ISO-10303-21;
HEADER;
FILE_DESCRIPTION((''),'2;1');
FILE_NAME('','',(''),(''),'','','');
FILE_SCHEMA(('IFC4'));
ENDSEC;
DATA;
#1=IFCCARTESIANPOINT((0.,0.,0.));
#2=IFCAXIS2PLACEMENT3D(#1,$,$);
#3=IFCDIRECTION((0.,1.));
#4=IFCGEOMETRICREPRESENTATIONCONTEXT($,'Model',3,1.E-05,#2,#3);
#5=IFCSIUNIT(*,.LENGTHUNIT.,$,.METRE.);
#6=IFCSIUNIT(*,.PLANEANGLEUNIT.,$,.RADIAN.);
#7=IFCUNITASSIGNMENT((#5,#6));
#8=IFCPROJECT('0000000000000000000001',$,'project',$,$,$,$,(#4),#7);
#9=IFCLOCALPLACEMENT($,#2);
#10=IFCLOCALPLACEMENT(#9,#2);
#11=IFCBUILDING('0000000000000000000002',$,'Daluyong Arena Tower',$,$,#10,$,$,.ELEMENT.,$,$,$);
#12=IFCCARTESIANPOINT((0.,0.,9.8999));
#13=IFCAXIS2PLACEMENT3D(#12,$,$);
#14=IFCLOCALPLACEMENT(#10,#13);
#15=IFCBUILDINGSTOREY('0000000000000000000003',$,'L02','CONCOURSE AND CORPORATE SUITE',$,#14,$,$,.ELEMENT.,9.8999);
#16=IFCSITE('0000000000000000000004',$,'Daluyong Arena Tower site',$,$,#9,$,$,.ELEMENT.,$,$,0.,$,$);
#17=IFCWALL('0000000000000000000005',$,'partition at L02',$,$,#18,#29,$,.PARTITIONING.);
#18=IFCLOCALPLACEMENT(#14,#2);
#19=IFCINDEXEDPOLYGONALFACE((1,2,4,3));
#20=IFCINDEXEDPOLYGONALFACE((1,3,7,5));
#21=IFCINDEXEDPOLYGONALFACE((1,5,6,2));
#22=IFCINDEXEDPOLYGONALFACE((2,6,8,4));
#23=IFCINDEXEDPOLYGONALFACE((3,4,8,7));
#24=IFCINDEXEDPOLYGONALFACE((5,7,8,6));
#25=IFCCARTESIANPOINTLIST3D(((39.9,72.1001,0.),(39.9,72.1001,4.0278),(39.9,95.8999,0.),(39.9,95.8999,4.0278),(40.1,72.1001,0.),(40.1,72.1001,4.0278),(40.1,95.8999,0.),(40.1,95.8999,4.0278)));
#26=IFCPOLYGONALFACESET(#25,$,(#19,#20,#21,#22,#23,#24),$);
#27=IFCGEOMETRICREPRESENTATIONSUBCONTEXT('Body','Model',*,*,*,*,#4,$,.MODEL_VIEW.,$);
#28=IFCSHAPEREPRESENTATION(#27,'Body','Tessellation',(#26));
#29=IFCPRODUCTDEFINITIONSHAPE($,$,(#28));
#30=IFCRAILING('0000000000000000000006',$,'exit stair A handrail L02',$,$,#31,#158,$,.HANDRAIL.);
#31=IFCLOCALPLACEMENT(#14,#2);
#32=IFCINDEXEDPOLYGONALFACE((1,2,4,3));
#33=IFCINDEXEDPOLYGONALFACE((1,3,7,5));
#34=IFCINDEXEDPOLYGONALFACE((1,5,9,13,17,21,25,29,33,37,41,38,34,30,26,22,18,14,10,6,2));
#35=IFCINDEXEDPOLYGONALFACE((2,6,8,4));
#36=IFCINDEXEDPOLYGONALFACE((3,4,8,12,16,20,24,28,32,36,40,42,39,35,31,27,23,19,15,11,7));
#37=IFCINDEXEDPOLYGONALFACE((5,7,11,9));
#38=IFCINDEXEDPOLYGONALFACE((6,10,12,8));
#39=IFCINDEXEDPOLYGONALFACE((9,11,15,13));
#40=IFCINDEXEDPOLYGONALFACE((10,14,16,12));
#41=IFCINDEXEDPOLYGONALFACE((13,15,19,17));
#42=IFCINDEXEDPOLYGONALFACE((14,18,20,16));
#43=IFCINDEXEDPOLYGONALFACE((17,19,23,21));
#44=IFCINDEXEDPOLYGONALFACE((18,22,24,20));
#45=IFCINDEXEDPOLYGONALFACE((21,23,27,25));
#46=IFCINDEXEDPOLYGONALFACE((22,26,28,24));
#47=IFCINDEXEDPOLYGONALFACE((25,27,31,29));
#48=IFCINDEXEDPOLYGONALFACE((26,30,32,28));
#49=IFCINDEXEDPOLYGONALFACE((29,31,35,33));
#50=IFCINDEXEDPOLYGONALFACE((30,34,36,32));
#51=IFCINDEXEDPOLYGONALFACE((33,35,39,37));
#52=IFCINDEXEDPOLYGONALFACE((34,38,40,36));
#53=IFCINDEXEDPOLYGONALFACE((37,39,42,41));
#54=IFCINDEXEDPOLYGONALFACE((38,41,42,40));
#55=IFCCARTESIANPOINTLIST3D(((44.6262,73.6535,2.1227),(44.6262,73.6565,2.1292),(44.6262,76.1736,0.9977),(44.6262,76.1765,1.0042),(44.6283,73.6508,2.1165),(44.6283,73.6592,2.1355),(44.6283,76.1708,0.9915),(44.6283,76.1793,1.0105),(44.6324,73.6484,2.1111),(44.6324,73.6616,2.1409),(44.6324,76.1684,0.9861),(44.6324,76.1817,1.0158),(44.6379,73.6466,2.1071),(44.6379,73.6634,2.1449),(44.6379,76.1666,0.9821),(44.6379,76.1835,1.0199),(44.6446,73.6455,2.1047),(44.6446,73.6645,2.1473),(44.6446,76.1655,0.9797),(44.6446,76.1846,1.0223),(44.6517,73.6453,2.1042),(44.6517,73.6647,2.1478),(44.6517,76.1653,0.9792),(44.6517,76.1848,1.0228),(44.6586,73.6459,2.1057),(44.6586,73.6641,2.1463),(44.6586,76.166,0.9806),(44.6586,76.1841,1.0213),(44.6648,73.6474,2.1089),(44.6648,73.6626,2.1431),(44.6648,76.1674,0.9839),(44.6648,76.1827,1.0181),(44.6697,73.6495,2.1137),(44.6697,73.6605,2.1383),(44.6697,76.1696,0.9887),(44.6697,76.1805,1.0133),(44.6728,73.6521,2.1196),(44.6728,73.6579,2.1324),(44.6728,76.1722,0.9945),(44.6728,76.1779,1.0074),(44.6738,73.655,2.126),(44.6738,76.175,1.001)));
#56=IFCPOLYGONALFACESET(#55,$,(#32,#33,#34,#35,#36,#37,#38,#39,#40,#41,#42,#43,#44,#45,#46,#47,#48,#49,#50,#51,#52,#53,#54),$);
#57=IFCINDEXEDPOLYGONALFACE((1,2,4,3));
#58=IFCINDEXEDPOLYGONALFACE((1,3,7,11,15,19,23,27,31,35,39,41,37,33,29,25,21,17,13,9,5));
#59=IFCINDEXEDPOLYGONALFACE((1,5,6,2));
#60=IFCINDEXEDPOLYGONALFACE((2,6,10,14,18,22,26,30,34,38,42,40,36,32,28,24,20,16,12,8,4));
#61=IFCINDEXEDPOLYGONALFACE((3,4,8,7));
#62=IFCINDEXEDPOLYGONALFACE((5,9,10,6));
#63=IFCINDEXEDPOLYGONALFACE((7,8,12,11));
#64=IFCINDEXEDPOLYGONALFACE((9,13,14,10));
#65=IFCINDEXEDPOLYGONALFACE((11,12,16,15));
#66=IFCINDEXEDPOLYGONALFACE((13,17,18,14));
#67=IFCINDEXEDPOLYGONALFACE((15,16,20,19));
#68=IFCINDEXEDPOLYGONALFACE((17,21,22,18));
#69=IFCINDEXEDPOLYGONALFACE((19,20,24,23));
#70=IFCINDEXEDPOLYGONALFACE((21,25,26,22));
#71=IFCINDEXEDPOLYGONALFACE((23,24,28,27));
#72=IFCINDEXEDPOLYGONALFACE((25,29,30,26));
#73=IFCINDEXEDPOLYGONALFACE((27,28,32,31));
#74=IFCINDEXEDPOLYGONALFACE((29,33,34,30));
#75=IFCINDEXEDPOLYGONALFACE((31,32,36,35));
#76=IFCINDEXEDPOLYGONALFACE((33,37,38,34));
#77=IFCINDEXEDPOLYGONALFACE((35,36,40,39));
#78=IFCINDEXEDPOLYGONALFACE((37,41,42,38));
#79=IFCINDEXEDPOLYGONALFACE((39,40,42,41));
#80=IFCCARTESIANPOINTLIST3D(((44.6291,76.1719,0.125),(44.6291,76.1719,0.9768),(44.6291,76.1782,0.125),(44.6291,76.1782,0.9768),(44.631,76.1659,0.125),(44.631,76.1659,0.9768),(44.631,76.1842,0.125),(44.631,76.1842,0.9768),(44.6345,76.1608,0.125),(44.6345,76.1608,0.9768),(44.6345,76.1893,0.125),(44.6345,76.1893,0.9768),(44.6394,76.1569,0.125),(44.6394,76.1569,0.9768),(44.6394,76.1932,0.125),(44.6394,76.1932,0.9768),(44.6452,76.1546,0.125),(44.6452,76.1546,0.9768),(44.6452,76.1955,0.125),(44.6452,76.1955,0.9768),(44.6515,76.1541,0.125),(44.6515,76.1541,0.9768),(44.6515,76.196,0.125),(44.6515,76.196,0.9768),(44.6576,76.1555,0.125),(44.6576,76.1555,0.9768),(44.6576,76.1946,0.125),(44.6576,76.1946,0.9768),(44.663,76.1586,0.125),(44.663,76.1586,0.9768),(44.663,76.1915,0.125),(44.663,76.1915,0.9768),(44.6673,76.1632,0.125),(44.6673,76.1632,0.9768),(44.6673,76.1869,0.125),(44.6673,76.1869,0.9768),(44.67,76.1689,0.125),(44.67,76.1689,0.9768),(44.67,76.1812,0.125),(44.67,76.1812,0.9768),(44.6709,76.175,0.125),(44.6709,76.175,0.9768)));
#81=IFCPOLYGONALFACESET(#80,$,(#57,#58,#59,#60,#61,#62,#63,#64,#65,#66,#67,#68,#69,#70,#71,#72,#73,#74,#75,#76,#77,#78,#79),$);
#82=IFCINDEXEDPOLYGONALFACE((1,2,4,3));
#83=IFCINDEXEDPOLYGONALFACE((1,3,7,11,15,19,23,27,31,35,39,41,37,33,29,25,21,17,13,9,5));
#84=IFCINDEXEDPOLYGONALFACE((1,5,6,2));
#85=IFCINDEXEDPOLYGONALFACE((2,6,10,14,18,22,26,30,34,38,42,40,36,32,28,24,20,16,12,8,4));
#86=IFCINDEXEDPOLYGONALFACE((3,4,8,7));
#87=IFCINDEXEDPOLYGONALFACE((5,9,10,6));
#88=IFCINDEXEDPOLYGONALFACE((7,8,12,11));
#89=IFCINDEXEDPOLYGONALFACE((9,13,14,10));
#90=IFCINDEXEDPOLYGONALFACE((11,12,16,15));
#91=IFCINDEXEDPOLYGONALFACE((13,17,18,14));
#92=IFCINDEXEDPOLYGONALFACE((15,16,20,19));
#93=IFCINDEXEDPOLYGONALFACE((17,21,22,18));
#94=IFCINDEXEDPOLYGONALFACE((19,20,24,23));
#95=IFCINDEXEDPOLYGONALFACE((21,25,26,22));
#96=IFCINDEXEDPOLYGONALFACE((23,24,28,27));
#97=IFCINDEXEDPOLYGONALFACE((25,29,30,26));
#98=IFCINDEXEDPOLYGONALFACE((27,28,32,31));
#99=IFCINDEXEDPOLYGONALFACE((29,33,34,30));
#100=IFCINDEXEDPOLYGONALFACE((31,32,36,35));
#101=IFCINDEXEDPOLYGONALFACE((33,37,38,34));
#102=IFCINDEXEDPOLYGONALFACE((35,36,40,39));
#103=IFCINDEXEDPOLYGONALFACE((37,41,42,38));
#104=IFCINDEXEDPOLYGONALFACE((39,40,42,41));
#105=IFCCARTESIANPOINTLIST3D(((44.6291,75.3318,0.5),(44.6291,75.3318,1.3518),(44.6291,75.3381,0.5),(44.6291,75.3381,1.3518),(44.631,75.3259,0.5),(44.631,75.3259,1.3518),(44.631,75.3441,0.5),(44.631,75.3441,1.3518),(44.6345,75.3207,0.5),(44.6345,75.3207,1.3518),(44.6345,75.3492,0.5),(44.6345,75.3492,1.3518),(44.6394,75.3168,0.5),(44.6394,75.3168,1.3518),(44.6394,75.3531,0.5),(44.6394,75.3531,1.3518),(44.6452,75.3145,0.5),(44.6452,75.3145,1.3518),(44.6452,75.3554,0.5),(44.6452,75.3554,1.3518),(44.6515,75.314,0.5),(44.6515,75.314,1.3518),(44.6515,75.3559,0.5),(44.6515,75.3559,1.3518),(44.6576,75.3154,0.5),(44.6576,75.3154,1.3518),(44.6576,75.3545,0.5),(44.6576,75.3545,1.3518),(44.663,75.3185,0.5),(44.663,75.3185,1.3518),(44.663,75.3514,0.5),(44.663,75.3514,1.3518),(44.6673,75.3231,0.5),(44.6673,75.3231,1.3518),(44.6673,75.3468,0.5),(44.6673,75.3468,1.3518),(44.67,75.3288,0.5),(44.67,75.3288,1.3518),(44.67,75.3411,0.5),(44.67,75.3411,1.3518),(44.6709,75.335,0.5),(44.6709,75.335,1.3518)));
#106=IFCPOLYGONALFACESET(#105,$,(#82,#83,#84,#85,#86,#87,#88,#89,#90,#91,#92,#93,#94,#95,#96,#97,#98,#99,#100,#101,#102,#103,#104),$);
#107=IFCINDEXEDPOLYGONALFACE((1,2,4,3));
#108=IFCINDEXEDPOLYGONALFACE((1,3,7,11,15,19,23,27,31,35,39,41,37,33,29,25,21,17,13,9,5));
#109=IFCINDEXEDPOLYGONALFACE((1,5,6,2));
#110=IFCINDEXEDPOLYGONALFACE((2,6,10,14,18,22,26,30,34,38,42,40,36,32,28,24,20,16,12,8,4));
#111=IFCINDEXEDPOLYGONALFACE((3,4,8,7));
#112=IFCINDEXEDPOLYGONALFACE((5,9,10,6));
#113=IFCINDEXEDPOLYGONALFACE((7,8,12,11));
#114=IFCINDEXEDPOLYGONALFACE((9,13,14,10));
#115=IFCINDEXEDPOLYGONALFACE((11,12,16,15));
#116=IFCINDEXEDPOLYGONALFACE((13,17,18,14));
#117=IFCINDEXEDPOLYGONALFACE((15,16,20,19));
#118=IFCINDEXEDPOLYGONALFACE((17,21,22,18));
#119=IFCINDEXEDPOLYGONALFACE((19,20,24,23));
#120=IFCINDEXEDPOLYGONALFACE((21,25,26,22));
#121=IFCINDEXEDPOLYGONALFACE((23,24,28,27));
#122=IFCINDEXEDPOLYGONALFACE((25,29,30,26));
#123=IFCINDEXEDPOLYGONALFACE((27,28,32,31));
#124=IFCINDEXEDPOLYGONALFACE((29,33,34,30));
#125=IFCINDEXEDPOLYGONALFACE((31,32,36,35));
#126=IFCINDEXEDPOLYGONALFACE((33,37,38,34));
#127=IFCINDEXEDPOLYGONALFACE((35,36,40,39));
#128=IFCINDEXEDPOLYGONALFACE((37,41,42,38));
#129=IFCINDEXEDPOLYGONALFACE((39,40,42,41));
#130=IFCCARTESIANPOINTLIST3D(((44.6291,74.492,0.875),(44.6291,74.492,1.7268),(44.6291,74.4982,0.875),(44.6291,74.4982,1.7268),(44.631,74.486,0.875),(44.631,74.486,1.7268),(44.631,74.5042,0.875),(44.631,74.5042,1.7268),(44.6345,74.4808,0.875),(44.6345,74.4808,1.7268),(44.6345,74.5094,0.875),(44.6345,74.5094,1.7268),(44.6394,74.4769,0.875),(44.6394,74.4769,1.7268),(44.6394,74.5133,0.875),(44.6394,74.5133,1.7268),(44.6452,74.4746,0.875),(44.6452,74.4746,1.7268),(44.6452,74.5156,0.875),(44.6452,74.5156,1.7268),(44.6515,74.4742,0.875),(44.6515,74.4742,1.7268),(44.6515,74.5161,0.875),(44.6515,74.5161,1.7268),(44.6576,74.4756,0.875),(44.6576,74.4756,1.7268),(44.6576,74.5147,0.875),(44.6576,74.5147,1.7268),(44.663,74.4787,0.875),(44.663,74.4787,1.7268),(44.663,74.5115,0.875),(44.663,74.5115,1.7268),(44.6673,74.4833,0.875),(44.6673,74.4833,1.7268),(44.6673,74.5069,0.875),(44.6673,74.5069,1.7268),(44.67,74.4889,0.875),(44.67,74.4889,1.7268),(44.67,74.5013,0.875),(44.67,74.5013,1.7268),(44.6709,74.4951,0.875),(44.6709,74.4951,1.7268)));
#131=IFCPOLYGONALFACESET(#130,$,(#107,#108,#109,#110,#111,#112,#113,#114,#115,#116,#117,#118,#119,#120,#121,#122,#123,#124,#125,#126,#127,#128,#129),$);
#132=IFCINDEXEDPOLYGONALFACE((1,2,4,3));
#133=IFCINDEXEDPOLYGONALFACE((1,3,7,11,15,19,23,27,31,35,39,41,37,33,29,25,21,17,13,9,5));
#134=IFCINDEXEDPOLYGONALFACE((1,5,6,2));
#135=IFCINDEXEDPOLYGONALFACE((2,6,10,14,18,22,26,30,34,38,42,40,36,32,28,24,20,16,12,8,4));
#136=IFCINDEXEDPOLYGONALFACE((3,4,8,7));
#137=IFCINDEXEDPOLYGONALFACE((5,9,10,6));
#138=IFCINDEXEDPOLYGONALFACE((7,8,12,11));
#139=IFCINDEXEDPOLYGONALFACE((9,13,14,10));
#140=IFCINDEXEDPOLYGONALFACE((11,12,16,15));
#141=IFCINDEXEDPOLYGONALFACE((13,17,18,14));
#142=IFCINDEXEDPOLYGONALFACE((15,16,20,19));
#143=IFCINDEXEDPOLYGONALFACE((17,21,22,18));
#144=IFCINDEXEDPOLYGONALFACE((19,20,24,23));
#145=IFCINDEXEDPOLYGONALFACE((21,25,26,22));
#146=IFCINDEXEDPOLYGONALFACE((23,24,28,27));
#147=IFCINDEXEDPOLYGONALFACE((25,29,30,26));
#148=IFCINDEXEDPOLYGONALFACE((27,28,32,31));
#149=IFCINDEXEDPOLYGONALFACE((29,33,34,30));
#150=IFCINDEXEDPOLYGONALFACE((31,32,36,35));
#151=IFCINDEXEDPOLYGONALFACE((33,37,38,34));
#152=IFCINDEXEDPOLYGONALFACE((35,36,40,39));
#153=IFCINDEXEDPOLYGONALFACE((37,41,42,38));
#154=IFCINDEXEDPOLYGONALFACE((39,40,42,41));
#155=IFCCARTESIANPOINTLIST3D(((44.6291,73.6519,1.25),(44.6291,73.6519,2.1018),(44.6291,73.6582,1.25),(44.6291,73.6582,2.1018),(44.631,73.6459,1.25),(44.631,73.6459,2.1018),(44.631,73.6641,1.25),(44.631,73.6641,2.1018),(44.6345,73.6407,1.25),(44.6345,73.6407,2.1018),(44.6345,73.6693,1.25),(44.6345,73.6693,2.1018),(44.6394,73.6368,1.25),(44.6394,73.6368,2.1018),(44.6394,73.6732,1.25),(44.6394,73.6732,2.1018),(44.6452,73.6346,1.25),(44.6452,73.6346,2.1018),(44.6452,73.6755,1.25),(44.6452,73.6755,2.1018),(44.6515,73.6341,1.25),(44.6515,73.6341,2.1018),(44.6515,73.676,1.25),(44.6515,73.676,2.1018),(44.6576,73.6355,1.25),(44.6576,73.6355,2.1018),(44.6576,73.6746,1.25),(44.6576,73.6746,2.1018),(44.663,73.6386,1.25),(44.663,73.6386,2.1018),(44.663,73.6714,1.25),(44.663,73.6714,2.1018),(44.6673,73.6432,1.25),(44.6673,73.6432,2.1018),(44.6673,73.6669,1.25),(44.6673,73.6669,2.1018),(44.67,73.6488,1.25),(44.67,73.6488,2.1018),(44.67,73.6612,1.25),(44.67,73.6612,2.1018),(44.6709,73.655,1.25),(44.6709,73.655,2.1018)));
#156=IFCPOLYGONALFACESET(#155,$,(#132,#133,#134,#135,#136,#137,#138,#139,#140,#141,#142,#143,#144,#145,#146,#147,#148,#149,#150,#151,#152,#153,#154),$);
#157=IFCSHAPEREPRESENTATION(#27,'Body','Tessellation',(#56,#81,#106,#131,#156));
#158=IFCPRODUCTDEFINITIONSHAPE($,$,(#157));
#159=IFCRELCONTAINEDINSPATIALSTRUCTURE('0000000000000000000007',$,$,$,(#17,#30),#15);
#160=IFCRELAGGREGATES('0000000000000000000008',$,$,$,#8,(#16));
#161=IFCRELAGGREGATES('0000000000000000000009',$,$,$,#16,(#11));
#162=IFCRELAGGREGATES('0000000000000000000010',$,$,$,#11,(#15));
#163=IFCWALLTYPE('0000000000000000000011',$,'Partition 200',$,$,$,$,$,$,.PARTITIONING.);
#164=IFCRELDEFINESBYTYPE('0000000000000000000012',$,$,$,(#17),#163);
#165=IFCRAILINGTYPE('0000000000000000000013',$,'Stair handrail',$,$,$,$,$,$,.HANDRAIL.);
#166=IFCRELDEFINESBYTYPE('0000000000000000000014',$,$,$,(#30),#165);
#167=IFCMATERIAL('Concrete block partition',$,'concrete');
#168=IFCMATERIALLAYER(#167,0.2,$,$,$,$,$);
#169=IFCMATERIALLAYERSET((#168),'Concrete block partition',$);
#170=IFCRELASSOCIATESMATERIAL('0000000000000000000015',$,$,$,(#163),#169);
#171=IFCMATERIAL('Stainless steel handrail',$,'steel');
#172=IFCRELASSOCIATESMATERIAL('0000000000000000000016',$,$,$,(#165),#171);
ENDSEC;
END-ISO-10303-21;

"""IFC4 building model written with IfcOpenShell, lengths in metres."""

from ifc_helpers import new_model, si_unit, direction, frame, frame_2d, origin, origin_2d, place, context, subcontext, project, spatial, rectangle, circle, extrude, material, layer, layer_set, type_object, element, save


model = new_model("IFC4")

# Units and contexts
model_context = context("Model", 3, precision=1e-05, world=origin(), true_north=direction((0.0, 1.0)))
body_context = subcontext(model_context, "Body", "Model", "MODEL_VIEW")
ifc_project = project(units=[si_unit("LENGTHUNIT", "METRE"), si_unit("PLANEANGLEUNIT", "RADIAN")], contexts=[model_context])

# Site, building, storey
site_placement = place(None, origin())
site = spatial("IfcSite", under=ifc_project, at=site_placement, Name="Daluyong Arena Tower site", CompositionType="ELEMENT", RefElevation=0.0)
building_placement = place(site_placement, origin())
building = spatial("IfcBuilding", under=site, at=building_placement, Name="Daluyong Arena Tower", CompositionType="ELEMENT")
storey_placement = place(building_placement, frame((0.0, 0.0, 9.8999)))
storey = spatial("IfcBuildingStorey", under=building, at=storey_placement, Name="L02", Description="CONCOURSE AND CORPORATE SUITE", CompositionType="ELEMENT", Elevation=9.8999)

# Wall
ifc_material_1 = material(Name="Concrete block partition", Category="concrete")
ifc_layer_1 = layer(ifc_material_1, 0.2)
ifc_layer_set_1 = layer_set([ifc_layer_1], Name="Concrete block partition")
wall_type_1 = type_object("IfcWallType", Name="Partition 200", PredefinedType="PARTITIONING", material=ifc_layer_set_1)
wall_1_placement = place(storey_placement, frame((40.0, 72.1001, 0.0), z_axis=(0.0, 0.0, 1.0), x_axis=(0.0, 1.0, 0.0)))
element("IfcWall", 1, at=wall_1_placement, inside=storey, type_object=wall_type_1, Name="partition at L02", PredefinedType="PARTITIONING", context=body_context, shape_type="SweptSolid", body=[
    extrude(rectangle(XDim=23.7998, YDim=0.2, at=frame_2d((11.8999, 0.0))), origin(), (0.0, 0.0, 1.0), 4.0278),
])

# Railing
ifc_material_2 = material(Name="Stainless steel handrail", Category="steel")
railing_type_1 = type_object("IfcRailingType", Name="Stair handrail", PredefinedType="HANDRAIL", material=ifc_material_2)
for number, where, name in (
    (2, (44.6499, 76.175, 0.125), "exit stair A handrail L02"),
):
    element("IfcRailing", number, at=place(storey_placement, frame(where)), inside=storey, type_object=railing_type_1, Name=name, PredefinedType="HANDRAIL", context=body_context, shape_type="SweptSolid", body=[
        extrude(circle(Radius=0.0239, at=origin_2d()), frame((0.0, 0.0, 0.876), z_axis=(0.0, -0.913139, 0.407648), x_axis=(1.0, 0.0, 0.0)), (0.0, 0.0, 1.0), 2.7598),
        extrude(circle(Radius=0.021, at=origin_2d()), origin(), (0.0, 0.0, 1.0), 0.8518),
        extrude(circle(Radius=0.021, at=origin_2d()), frame((0.0, -0.8401, 0.375)), (0.0, 0.0, 1.0), 0.8518),
        extrude(circle(Radius=0.021, at=origin_2d()), frame((0.0, -1.6799, 0.75)), (0.0, 0.0, 1.0), 0.8518),
        extrude(circle(Radius=0.021, at=origin_2d()), frame((0.0, -2.52, 1.125)), (0.0, 0.0, 1.0), 0.8518),
    ])

save(model, "model.ifc")
